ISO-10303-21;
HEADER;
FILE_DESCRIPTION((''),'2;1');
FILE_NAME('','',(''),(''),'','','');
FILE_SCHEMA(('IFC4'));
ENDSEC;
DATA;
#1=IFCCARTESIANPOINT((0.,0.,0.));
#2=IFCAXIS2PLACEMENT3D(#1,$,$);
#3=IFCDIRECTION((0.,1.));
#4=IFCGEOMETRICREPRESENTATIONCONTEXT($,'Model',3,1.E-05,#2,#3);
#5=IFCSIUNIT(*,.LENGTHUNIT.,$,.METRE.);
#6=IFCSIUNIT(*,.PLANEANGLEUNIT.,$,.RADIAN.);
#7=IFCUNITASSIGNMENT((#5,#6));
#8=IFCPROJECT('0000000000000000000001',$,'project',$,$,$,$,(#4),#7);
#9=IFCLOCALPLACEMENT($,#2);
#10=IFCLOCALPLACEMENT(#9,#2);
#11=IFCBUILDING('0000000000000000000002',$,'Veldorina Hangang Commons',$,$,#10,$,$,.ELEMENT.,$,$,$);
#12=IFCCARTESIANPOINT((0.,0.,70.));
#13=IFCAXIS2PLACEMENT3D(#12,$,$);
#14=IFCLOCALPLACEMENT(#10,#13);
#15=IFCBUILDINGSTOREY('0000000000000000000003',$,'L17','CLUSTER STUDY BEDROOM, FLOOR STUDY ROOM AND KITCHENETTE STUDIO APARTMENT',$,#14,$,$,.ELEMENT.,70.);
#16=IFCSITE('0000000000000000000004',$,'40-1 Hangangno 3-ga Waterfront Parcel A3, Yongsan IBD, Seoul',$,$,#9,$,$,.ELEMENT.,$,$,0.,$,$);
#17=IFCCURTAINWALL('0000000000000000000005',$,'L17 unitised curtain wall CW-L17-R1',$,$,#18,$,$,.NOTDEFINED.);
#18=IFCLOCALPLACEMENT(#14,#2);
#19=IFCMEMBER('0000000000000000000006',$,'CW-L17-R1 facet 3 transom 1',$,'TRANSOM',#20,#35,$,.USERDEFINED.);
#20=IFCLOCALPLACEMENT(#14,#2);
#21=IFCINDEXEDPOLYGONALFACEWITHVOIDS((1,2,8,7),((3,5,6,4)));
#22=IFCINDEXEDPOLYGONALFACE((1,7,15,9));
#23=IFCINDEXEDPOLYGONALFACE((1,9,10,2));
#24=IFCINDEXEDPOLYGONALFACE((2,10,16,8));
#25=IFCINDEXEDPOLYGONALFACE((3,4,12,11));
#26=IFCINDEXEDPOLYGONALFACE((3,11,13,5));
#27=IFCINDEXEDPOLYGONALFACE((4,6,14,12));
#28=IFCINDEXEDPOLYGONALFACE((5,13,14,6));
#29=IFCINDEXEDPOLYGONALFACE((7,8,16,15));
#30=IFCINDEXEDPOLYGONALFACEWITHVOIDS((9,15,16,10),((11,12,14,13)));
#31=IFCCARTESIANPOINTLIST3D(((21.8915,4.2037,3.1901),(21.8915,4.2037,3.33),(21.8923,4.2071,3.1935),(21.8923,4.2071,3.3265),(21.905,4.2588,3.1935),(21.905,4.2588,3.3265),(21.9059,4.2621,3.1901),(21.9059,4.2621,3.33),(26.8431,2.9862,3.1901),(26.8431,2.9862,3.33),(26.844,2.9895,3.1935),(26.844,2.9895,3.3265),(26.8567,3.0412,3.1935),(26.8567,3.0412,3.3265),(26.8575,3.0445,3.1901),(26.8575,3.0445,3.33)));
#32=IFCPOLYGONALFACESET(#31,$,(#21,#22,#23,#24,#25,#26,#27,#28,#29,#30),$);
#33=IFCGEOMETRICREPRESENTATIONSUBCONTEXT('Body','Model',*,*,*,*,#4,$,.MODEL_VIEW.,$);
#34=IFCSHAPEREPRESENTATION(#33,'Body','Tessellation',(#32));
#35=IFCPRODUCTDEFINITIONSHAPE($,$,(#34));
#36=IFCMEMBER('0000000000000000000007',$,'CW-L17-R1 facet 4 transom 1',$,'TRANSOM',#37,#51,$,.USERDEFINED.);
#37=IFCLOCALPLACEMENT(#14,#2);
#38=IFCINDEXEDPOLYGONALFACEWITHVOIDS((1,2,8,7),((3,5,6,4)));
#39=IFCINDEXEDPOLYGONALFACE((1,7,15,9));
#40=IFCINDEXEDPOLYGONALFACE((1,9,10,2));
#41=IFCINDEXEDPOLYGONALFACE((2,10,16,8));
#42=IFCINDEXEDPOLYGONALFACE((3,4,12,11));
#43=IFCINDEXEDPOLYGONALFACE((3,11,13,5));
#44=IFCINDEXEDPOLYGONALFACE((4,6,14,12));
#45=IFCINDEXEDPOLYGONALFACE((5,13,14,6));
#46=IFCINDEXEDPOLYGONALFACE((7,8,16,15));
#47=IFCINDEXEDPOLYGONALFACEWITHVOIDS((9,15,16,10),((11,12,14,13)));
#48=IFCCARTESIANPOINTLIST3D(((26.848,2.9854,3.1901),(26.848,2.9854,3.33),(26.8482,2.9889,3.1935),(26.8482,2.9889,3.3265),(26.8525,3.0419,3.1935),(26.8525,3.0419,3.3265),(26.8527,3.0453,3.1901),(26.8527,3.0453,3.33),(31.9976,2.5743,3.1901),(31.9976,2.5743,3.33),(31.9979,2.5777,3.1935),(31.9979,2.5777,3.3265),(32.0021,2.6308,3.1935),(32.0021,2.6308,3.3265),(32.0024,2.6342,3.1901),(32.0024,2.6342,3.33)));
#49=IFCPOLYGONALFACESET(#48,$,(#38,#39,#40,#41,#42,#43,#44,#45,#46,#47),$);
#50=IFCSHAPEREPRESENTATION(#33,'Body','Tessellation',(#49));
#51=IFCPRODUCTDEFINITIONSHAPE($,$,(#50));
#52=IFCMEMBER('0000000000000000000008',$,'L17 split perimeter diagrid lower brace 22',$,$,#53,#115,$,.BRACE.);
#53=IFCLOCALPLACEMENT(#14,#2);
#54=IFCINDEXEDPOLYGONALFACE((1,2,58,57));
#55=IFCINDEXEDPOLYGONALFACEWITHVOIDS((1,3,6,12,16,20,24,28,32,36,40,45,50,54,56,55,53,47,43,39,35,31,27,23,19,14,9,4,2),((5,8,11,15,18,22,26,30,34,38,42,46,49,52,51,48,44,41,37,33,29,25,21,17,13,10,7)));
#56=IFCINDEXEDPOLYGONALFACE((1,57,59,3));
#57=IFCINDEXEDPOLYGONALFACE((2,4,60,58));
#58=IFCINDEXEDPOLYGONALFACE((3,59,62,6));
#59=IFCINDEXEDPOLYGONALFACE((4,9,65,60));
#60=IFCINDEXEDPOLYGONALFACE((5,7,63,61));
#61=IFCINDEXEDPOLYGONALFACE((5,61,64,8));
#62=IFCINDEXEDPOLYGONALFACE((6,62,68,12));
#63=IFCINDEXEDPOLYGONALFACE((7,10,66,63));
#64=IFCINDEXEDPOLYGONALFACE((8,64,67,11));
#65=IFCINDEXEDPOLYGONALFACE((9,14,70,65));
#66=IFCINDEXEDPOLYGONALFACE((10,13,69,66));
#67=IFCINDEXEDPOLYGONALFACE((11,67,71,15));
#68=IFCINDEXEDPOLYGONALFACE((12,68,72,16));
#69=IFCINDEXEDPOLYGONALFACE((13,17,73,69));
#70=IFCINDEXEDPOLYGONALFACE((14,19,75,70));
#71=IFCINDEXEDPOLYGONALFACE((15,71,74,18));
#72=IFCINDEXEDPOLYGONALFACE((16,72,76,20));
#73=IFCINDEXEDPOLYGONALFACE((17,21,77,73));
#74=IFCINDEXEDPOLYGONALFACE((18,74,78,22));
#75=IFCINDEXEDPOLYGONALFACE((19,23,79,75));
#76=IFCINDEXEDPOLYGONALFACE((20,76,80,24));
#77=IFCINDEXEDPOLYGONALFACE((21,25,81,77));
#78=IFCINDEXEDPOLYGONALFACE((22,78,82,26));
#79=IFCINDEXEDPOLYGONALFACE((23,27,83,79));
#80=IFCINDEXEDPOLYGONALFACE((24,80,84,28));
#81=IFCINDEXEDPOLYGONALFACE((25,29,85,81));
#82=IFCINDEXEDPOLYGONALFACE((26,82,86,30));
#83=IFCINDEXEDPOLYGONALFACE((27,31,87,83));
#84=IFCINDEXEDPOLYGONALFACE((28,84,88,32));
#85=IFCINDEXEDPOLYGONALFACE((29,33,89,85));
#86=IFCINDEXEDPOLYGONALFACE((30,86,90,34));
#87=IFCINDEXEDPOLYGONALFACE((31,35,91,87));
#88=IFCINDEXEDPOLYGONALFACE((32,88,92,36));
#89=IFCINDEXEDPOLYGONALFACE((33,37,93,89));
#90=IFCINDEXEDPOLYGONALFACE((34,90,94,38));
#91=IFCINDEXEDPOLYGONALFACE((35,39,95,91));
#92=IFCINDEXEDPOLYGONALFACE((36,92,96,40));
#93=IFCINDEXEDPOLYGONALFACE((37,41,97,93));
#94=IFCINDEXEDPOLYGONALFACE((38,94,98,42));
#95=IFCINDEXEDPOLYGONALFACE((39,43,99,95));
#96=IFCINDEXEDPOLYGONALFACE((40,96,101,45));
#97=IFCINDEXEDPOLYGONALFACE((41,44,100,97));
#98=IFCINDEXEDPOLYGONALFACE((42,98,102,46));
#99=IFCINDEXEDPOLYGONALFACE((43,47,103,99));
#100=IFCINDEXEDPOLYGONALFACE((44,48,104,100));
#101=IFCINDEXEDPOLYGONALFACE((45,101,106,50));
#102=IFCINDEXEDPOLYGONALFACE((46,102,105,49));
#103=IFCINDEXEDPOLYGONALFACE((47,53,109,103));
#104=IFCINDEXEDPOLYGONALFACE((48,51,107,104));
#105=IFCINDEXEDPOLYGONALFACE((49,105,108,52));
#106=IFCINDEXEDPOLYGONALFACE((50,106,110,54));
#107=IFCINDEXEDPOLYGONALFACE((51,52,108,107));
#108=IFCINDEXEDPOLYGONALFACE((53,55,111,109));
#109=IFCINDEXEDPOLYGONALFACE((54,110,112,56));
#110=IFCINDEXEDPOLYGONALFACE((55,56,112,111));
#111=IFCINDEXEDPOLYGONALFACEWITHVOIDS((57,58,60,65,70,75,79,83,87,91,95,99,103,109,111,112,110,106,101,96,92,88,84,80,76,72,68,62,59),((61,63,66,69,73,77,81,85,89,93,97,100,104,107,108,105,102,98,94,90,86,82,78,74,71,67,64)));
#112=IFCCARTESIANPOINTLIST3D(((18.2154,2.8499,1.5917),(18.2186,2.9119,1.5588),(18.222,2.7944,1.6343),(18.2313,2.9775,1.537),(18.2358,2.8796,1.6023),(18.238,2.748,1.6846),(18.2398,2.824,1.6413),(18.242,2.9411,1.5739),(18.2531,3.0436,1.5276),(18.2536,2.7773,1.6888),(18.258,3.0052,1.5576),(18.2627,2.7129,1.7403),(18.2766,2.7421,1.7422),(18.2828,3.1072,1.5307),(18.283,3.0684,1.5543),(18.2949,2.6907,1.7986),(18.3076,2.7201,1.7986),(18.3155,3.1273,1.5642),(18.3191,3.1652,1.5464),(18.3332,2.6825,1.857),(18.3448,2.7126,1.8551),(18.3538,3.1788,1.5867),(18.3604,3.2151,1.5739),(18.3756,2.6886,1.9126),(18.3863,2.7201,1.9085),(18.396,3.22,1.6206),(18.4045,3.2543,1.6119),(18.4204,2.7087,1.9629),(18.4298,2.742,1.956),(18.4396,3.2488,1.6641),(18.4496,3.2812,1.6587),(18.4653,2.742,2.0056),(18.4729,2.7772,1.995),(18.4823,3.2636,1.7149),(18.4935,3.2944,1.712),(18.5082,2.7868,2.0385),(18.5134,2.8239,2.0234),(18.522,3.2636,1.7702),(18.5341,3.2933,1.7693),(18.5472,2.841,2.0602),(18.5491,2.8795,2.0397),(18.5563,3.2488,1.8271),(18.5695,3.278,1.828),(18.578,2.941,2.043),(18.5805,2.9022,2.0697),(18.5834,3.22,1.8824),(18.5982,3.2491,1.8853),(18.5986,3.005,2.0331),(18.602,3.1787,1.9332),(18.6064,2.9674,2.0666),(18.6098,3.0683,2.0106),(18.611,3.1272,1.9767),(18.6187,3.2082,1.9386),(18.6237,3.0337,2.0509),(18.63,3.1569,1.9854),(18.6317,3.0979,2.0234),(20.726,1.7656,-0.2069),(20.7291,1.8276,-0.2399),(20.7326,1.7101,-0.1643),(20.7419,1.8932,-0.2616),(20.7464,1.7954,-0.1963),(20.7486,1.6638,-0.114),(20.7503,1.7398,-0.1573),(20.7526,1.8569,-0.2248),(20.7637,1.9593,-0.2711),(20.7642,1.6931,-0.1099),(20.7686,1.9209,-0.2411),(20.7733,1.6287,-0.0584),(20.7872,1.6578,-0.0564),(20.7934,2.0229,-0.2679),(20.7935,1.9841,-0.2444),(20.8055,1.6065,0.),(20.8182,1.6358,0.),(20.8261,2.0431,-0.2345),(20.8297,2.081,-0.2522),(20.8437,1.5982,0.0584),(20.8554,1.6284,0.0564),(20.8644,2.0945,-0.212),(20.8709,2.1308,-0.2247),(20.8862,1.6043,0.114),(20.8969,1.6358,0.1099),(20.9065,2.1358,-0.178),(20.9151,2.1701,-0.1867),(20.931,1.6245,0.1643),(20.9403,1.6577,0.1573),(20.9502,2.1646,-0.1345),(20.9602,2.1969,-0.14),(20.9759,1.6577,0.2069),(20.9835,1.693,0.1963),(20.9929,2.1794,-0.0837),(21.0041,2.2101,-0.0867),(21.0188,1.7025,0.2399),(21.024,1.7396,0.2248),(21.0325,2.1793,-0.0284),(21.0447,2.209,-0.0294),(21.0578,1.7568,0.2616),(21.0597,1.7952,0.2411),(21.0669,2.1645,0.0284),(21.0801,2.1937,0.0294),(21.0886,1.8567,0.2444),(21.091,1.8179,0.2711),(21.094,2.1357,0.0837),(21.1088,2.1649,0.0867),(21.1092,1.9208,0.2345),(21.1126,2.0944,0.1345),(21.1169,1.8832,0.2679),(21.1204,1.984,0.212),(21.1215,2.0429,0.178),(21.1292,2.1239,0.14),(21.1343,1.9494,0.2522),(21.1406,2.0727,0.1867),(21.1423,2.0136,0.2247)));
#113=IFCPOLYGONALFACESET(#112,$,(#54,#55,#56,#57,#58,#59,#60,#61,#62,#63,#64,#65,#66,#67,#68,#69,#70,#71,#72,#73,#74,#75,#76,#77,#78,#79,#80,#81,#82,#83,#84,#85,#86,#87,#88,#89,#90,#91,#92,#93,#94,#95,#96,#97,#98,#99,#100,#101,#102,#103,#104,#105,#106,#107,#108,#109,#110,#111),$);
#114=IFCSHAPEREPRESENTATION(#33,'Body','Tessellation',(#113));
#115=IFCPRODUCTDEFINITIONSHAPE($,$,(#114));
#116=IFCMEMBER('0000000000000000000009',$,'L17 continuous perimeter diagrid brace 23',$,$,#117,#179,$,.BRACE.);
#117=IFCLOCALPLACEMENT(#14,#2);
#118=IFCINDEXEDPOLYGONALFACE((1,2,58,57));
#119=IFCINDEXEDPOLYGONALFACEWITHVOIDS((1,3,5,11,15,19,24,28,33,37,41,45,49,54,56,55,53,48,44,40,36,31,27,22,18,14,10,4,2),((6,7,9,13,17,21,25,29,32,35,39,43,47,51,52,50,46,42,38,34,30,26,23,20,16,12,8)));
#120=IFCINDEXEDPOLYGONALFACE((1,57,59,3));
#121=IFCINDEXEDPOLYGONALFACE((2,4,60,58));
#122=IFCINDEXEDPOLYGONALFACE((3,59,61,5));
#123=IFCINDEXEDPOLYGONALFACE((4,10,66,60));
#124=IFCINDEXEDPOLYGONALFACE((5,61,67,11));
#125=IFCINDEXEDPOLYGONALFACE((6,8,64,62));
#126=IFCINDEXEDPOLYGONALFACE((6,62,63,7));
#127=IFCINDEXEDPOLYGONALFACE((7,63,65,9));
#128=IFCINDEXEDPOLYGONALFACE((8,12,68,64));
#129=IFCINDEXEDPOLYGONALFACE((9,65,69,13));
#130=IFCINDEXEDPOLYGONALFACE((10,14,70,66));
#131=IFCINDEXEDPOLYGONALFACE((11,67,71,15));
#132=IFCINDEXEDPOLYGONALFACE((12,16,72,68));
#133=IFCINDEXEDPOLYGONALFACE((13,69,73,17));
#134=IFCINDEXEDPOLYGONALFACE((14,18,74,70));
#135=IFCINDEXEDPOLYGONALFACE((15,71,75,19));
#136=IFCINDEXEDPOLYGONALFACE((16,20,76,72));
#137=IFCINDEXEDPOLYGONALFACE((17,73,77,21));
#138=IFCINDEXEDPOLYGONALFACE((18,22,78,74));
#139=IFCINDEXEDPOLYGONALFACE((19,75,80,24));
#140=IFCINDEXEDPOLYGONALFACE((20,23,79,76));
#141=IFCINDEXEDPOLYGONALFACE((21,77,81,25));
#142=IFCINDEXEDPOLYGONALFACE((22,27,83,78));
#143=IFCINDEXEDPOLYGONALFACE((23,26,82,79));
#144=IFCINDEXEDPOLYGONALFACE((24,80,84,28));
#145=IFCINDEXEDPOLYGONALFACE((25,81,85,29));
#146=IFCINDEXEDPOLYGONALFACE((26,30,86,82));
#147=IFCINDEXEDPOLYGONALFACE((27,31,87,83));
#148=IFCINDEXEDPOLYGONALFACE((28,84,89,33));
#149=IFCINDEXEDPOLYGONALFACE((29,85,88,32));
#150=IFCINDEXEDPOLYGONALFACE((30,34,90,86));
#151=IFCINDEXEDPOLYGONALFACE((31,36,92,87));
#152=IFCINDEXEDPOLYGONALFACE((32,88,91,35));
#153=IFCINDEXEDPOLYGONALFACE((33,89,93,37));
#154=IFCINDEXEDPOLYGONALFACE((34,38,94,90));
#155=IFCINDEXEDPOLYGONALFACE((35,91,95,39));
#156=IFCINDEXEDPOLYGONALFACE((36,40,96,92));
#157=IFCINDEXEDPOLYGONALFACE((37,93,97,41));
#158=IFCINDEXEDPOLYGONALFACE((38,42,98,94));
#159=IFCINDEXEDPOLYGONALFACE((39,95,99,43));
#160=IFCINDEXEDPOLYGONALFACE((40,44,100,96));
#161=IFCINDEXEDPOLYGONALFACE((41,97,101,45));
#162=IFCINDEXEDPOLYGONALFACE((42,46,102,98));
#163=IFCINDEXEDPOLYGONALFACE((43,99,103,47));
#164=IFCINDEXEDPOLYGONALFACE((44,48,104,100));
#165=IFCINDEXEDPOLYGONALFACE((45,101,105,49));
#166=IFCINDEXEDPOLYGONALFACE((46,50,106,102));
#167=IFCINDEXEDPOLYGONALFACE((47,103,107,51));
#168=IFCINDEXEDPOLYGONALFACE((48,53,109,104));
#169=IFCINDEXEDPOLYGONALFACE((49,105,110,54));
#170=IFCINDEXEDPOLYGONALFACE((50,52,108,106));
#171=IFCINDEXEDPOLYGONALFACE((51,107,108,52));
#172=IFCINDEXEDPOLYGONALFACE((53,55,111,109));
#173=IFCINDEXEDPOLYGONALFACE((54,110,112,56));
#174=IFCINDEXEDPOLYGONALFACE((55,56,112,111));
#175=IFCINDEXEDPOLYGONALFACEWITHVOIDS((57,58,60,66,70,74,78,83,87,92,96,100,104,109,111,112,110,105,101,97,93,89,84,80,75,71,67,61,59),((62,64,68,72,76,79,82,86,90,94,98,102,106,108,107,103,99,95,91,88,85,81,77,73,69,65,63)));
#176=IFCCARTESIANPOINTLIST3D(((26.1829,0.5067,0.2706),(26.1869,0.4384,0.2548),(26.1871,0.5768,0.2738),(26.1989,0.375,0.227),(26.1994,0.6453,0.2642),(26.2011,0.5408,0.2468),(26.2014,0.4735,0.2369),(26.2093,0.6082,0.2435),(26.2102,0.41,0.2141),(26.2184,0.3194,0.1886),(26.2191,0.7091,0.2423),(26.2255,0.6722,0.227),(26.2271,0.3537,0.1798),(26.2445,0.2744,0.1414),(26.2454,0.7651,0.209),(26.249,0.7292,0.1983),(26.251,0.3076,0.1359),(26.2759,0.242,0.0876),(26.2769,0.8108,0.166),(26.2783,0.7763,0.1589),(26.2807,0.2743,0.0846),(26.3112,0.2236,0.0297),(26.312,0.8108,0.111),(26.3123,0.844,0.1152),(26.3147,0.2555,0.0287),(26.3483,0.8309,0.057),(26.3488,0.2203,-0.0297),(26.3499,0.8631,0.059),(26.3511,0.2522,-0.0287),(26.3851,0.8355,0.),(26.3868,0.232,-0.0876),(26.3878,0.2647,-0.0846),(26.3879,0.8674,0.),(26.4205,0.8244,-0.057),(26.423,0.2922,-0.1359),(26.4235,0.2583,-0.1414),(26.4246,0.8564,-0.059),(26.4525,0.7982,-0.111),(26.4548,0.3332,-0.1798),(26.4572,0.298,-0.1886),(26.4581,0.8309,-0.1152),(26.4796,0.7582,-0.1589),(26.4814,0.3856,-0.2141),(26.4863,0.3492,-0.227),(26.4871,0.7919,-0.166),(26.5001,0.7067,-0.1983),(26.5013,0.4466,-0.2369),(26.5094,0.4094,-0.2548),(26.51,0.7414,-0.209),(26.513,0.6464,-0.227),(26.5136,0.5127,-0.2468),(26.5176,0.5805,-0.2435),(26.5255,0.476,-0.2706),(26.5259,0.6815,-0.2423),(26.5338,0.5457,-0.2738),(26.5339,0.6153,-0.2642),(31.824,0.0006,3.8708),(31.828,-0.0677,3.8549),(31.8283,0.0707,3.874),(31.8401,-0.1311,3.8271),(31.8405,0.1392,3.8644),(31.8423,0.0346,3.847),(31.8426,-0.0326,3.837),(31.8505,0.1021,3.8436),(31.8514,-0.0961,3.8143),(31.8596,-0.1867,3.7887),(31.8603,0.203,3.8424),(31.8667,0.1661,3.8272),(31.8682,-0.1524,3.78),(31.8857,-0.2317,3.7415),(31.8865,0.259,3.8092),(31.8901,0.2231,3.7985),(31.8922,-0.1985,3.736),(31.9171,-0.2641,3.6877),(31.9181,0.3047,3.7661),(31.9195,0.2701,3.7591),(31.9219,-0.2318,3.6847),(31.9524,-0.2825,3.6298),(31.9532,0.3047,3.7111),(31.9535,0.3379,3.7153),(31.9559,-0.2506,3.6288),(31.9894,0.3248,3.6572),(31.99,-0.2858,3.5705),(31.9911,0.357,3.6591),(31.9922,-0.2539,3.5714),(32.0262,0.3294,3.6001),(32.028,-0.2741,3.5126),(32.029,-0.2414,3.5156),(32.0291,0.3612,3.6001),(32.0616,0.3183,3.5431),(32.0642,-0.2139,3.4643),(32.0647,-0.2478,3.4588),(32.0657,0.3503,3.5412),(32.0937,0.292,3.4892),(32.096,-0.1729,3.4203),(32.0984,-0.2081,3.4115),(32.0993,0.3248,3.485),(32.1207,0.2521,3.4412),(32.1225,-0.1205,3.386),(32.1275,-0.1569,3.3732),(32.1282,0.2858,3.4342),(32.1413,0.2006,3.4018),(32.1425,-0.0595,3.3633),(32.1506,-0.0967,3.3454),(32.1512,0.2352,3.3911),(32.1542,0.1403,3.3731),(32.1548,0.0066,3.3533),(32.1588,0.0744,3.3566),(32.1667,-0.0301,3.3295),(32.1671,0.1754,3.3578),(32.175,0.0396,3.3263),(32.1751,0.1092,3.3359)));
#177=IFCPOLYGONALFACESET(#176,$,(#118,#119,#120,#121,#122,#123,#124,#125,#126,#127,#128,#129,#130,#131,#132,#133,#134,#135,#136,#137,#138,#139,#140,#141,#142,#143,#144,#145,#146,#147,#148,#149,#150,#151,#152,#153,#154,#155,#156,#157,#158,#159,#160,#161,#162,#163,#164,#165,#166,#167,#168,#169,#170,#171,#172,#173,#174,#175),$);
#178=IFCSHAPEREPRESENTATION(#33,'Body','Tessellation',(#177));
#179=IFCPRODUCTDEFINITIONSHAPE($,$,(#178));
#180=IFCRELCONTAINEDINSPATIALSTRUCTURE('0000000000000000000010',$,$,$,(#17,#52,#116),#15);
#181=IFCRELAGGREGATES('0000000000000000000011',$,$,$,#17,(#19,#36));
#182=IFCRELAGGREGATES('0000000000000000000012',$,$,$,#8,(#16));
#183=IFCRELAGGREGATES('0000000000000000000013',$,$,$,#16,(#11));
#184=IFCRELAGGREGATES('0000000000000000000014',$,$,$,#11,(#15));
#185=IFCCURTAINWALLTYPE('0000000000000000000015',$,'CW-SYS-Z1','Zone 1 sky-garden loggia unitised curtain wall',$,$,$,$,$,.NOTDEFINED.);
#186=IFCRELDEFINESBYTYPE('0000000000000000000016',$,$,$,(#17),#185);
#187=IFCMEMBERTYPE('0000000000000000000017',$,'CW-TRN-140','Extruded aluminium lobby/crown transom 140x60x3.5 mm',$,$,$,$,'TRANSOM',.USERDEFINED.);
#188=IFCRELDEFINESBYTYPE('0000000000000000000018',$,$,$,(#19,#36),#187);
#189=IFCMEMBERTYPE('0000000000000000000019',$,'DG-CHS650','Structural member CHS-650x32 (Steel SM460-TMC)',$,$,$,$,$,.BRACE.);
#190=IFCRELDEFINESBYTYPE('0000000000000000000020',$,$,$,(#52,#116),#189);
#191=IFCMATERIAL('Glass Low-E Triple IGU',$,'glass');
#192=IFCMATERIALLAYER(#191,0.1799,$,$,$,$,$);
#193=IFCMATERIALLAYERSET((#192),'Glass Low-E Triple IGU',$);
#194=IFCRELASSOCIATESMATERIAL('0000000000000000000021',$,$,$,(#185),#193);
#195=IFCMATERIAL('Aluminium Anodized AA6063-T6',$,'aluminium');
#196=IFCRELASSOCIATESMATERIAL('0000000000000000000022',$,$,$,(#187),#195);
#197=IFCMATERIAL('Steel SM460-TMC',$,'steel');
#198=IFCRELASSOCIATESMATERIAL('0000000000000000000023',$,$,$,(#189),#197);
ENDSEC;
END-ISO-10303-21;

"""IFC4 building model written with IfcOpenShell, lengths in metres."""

from ifc_helpers import new_model, si_unit, direction, frame, origin, origin_2d, place, context, subcontext, project, spatial, hollow_rectangle, hollow_circle, extrude, material, layer, layer_set, material_profile, profile_set, type_object, element, aggregate, save


model = new_model("IFC4")

# Units and contexts
model_context = context("Model", 3, precision=1e-05, world=origin(), true_north=direction((0.0, 1.0)))
body_context = subcontext(model_context, "Body", "Model", "MODEL_VIEW")
ifc_project = project(units=[si_unit("LENGTHUNIT", "METRE"), si_unit("PLANEANGLEUNIT", "RADIAN")], contexts=[model_context])

# Site, building, storey
site_placement = place(None, origin())
site = spatial("IfcSite", under=ifc_project, at=site_placement, Name="40-1 Hangangno 3-ga Waterfront Parcel A3, Yongsan IBD, Seoul", CompositionType="ELEMENT", RefElevation=0.0)
building_placement = place(site_placement, origin())
building = spatial("IfcBuilding", under=site, at=building_placement, Name="Veldorina Hangang Commons", CompositionType="ELEMENT")
storey_placement = place(building_placement, frame((0.0, 0.0, 70.0)))
storey = spatial("IfcBuildingStorey", under=building, at=storey_placement, Name="L17", Description="CLUSTER STUDY BEDROOM, FLOOR STUDY ROOM AND KITCHENETTE STUDIO APARTMENT", CompositionType="ELEMENT", Elevation=70.0)

# Curtain wall, members
ifc_material_1 = material(Name="Glass Low-E Triple IGU", Category="glass")
ifc_layer_1 = layer(ifc_material_1, 0.1799)
ifc_layer_set_1 = layer_set([ifc_layer_1], Name="Glass Low-E Triple IGU")
curtain_wall_type = type_object("IfcCurtainWallType", Name="CW-SYS-Z1", Description="Zone 1 sky-garden loggia unitised curtain wall", PredefinedType="NOTDEFINED", material=ifc_layer_set_1)
curtain_wall_placement = place(storey_placement, origin())
curtain_wall = element("IfcCurtainWall", 1, at=curtain_wall_placement, inside=storey, type_object=curtain_wall_type, Name="L17 unitised curtain wall CW-L17-R1", PredefinedType="NOTDEFINED")
ifc_material_2 = material(Name="Aluminium Anodized AA6063-T6", Category="aluminium")
ifc_material_profile_1 = material_profile(ifc_material_2, hollow_rectangle(XDim=0.0601, YDim=0.1399, WallThickness=0.0034, at=origin_2d()), Name="ALU-RHS-140x60x3.5")
ifc_profile_set_1 = profile_set([ifc_material_profile_1], Name="Aluminium Anodized AA6063-T6")
member_type_1 = type_object("IfcMemberType", Name="CW-TRN-140", Description="Extruded aluminium lobby/crown transom 140x60x3.5 mm", ElementType="TRANSOM", PredefinedType="USERDEFINED", material=ifc_profile_set_1)
member_1_placement = place(storey_placement, frame((21.8987, 4.2329, 3.26), z_axis=(0.971076, -0.238771, 0.0), x_axis=(0.238771, 0.971076, 0.0)))
member_1 = element("IfcMember", 2, at=member_1_placement, type_object=member_type_1, Name="CW-L17-R1 facet 3 transom 1", ObjectType="TRANSOM", PredefinedType="USERDEFINED", context=body_context, shape_type="SweptSolid", body=[
    extrude(hollow_rectangle(XDim=0.0601, YDim=0.1399, WallThickness=0.0034, at=origin_2d()), origin(), (0.0, 0.0, 1.0), 5.0991),
])
member_2_placement = place(storey_placement, frame((26.8503, 3.0154, 3.26), z_axis=(0.996828, -0.079584, 0.0), x_axis=(0.079584, 0.996828, 0.0)))
member_2 = element("IfcMember", 3, at=member_2_placement, type_object=member_type_1, Name="CW-L17-R1 facet 4 transom 1", ObjectType="TRANSOM", PredefinedType="USERDEFINED", context=body_context, shape_type="SweptSolid", body=[
    extrude(hollow_rectangle(XDim=0.0601, YDim=0.1399, WallThickness=0.0034, at=origin_2d()), origin(), (0.0, 0.0, 1.0), 5.166),
])

# Members
ifc_material_3 = material(Name="Steel SM460-TMC", Category="steel")
ifc_material_profile_2 = material_profile(ifc_material_3, hollow_circle(Radius=0.325, WallThickness=0.032, at=origin_2d()), Name="CHS-650x32")
ifc_profile_set_2 = profile_set([ifc_material_profile_2], Name="Steel SM460-TMC")
member_type_2 = type_object("IfcMemberType", Name="DG-CHS650", Description="Structural member CHS-650x32 (Steel SM460-TMC)", PredefinedType="BRACE", material=ifc_profile_set_2)
member_3_placement = place(storey_placement, frame((20.9343, 1.9048, 0.0), z_axis=(-0.767014, 0.331256, 0.549508), x_axis=(-0.396482, -0.918042, 0.0)))
element("IfcMember", 4, at=member_3_placement, inside=storey, type_object=member_type_2, Name="L17 split perimeter diagrid lower brace 22", PredefinedType="BRACE", context=body_context, shape_type="SweptSolid", body=[
    extrude(hollow_circle(Radius=0.325, WallThickness=0.032, at=origin_2d()), origin(), (0.0, 0.0, 1.0), 3.2732),
])
member_4_placement = place(storey_placement, frame((26.3589, 0.5437, 0.0), z_axis=(0.840563, -0.075413, 0.536438), x_axis=(0.089358, 0.996, 0.0)))
element("IfcMember", 5, at=member_4_placement, inside=storey, type_object=member_type_2, Name="L17 continuous perimeter diagrid brace 23", PredefinedType="BRACE", context=body_context, shape_type="SweptSolid", body=[
    extrude(hollow_circle(Radius=0.325, WallThickness=0.032, at=origin_2d()), origin(), (0.0, 0.0, 1.0), 6.7112),
])

aggregate(curtain_wall, [member_1, member_2])

save(model, "model.ifc")
